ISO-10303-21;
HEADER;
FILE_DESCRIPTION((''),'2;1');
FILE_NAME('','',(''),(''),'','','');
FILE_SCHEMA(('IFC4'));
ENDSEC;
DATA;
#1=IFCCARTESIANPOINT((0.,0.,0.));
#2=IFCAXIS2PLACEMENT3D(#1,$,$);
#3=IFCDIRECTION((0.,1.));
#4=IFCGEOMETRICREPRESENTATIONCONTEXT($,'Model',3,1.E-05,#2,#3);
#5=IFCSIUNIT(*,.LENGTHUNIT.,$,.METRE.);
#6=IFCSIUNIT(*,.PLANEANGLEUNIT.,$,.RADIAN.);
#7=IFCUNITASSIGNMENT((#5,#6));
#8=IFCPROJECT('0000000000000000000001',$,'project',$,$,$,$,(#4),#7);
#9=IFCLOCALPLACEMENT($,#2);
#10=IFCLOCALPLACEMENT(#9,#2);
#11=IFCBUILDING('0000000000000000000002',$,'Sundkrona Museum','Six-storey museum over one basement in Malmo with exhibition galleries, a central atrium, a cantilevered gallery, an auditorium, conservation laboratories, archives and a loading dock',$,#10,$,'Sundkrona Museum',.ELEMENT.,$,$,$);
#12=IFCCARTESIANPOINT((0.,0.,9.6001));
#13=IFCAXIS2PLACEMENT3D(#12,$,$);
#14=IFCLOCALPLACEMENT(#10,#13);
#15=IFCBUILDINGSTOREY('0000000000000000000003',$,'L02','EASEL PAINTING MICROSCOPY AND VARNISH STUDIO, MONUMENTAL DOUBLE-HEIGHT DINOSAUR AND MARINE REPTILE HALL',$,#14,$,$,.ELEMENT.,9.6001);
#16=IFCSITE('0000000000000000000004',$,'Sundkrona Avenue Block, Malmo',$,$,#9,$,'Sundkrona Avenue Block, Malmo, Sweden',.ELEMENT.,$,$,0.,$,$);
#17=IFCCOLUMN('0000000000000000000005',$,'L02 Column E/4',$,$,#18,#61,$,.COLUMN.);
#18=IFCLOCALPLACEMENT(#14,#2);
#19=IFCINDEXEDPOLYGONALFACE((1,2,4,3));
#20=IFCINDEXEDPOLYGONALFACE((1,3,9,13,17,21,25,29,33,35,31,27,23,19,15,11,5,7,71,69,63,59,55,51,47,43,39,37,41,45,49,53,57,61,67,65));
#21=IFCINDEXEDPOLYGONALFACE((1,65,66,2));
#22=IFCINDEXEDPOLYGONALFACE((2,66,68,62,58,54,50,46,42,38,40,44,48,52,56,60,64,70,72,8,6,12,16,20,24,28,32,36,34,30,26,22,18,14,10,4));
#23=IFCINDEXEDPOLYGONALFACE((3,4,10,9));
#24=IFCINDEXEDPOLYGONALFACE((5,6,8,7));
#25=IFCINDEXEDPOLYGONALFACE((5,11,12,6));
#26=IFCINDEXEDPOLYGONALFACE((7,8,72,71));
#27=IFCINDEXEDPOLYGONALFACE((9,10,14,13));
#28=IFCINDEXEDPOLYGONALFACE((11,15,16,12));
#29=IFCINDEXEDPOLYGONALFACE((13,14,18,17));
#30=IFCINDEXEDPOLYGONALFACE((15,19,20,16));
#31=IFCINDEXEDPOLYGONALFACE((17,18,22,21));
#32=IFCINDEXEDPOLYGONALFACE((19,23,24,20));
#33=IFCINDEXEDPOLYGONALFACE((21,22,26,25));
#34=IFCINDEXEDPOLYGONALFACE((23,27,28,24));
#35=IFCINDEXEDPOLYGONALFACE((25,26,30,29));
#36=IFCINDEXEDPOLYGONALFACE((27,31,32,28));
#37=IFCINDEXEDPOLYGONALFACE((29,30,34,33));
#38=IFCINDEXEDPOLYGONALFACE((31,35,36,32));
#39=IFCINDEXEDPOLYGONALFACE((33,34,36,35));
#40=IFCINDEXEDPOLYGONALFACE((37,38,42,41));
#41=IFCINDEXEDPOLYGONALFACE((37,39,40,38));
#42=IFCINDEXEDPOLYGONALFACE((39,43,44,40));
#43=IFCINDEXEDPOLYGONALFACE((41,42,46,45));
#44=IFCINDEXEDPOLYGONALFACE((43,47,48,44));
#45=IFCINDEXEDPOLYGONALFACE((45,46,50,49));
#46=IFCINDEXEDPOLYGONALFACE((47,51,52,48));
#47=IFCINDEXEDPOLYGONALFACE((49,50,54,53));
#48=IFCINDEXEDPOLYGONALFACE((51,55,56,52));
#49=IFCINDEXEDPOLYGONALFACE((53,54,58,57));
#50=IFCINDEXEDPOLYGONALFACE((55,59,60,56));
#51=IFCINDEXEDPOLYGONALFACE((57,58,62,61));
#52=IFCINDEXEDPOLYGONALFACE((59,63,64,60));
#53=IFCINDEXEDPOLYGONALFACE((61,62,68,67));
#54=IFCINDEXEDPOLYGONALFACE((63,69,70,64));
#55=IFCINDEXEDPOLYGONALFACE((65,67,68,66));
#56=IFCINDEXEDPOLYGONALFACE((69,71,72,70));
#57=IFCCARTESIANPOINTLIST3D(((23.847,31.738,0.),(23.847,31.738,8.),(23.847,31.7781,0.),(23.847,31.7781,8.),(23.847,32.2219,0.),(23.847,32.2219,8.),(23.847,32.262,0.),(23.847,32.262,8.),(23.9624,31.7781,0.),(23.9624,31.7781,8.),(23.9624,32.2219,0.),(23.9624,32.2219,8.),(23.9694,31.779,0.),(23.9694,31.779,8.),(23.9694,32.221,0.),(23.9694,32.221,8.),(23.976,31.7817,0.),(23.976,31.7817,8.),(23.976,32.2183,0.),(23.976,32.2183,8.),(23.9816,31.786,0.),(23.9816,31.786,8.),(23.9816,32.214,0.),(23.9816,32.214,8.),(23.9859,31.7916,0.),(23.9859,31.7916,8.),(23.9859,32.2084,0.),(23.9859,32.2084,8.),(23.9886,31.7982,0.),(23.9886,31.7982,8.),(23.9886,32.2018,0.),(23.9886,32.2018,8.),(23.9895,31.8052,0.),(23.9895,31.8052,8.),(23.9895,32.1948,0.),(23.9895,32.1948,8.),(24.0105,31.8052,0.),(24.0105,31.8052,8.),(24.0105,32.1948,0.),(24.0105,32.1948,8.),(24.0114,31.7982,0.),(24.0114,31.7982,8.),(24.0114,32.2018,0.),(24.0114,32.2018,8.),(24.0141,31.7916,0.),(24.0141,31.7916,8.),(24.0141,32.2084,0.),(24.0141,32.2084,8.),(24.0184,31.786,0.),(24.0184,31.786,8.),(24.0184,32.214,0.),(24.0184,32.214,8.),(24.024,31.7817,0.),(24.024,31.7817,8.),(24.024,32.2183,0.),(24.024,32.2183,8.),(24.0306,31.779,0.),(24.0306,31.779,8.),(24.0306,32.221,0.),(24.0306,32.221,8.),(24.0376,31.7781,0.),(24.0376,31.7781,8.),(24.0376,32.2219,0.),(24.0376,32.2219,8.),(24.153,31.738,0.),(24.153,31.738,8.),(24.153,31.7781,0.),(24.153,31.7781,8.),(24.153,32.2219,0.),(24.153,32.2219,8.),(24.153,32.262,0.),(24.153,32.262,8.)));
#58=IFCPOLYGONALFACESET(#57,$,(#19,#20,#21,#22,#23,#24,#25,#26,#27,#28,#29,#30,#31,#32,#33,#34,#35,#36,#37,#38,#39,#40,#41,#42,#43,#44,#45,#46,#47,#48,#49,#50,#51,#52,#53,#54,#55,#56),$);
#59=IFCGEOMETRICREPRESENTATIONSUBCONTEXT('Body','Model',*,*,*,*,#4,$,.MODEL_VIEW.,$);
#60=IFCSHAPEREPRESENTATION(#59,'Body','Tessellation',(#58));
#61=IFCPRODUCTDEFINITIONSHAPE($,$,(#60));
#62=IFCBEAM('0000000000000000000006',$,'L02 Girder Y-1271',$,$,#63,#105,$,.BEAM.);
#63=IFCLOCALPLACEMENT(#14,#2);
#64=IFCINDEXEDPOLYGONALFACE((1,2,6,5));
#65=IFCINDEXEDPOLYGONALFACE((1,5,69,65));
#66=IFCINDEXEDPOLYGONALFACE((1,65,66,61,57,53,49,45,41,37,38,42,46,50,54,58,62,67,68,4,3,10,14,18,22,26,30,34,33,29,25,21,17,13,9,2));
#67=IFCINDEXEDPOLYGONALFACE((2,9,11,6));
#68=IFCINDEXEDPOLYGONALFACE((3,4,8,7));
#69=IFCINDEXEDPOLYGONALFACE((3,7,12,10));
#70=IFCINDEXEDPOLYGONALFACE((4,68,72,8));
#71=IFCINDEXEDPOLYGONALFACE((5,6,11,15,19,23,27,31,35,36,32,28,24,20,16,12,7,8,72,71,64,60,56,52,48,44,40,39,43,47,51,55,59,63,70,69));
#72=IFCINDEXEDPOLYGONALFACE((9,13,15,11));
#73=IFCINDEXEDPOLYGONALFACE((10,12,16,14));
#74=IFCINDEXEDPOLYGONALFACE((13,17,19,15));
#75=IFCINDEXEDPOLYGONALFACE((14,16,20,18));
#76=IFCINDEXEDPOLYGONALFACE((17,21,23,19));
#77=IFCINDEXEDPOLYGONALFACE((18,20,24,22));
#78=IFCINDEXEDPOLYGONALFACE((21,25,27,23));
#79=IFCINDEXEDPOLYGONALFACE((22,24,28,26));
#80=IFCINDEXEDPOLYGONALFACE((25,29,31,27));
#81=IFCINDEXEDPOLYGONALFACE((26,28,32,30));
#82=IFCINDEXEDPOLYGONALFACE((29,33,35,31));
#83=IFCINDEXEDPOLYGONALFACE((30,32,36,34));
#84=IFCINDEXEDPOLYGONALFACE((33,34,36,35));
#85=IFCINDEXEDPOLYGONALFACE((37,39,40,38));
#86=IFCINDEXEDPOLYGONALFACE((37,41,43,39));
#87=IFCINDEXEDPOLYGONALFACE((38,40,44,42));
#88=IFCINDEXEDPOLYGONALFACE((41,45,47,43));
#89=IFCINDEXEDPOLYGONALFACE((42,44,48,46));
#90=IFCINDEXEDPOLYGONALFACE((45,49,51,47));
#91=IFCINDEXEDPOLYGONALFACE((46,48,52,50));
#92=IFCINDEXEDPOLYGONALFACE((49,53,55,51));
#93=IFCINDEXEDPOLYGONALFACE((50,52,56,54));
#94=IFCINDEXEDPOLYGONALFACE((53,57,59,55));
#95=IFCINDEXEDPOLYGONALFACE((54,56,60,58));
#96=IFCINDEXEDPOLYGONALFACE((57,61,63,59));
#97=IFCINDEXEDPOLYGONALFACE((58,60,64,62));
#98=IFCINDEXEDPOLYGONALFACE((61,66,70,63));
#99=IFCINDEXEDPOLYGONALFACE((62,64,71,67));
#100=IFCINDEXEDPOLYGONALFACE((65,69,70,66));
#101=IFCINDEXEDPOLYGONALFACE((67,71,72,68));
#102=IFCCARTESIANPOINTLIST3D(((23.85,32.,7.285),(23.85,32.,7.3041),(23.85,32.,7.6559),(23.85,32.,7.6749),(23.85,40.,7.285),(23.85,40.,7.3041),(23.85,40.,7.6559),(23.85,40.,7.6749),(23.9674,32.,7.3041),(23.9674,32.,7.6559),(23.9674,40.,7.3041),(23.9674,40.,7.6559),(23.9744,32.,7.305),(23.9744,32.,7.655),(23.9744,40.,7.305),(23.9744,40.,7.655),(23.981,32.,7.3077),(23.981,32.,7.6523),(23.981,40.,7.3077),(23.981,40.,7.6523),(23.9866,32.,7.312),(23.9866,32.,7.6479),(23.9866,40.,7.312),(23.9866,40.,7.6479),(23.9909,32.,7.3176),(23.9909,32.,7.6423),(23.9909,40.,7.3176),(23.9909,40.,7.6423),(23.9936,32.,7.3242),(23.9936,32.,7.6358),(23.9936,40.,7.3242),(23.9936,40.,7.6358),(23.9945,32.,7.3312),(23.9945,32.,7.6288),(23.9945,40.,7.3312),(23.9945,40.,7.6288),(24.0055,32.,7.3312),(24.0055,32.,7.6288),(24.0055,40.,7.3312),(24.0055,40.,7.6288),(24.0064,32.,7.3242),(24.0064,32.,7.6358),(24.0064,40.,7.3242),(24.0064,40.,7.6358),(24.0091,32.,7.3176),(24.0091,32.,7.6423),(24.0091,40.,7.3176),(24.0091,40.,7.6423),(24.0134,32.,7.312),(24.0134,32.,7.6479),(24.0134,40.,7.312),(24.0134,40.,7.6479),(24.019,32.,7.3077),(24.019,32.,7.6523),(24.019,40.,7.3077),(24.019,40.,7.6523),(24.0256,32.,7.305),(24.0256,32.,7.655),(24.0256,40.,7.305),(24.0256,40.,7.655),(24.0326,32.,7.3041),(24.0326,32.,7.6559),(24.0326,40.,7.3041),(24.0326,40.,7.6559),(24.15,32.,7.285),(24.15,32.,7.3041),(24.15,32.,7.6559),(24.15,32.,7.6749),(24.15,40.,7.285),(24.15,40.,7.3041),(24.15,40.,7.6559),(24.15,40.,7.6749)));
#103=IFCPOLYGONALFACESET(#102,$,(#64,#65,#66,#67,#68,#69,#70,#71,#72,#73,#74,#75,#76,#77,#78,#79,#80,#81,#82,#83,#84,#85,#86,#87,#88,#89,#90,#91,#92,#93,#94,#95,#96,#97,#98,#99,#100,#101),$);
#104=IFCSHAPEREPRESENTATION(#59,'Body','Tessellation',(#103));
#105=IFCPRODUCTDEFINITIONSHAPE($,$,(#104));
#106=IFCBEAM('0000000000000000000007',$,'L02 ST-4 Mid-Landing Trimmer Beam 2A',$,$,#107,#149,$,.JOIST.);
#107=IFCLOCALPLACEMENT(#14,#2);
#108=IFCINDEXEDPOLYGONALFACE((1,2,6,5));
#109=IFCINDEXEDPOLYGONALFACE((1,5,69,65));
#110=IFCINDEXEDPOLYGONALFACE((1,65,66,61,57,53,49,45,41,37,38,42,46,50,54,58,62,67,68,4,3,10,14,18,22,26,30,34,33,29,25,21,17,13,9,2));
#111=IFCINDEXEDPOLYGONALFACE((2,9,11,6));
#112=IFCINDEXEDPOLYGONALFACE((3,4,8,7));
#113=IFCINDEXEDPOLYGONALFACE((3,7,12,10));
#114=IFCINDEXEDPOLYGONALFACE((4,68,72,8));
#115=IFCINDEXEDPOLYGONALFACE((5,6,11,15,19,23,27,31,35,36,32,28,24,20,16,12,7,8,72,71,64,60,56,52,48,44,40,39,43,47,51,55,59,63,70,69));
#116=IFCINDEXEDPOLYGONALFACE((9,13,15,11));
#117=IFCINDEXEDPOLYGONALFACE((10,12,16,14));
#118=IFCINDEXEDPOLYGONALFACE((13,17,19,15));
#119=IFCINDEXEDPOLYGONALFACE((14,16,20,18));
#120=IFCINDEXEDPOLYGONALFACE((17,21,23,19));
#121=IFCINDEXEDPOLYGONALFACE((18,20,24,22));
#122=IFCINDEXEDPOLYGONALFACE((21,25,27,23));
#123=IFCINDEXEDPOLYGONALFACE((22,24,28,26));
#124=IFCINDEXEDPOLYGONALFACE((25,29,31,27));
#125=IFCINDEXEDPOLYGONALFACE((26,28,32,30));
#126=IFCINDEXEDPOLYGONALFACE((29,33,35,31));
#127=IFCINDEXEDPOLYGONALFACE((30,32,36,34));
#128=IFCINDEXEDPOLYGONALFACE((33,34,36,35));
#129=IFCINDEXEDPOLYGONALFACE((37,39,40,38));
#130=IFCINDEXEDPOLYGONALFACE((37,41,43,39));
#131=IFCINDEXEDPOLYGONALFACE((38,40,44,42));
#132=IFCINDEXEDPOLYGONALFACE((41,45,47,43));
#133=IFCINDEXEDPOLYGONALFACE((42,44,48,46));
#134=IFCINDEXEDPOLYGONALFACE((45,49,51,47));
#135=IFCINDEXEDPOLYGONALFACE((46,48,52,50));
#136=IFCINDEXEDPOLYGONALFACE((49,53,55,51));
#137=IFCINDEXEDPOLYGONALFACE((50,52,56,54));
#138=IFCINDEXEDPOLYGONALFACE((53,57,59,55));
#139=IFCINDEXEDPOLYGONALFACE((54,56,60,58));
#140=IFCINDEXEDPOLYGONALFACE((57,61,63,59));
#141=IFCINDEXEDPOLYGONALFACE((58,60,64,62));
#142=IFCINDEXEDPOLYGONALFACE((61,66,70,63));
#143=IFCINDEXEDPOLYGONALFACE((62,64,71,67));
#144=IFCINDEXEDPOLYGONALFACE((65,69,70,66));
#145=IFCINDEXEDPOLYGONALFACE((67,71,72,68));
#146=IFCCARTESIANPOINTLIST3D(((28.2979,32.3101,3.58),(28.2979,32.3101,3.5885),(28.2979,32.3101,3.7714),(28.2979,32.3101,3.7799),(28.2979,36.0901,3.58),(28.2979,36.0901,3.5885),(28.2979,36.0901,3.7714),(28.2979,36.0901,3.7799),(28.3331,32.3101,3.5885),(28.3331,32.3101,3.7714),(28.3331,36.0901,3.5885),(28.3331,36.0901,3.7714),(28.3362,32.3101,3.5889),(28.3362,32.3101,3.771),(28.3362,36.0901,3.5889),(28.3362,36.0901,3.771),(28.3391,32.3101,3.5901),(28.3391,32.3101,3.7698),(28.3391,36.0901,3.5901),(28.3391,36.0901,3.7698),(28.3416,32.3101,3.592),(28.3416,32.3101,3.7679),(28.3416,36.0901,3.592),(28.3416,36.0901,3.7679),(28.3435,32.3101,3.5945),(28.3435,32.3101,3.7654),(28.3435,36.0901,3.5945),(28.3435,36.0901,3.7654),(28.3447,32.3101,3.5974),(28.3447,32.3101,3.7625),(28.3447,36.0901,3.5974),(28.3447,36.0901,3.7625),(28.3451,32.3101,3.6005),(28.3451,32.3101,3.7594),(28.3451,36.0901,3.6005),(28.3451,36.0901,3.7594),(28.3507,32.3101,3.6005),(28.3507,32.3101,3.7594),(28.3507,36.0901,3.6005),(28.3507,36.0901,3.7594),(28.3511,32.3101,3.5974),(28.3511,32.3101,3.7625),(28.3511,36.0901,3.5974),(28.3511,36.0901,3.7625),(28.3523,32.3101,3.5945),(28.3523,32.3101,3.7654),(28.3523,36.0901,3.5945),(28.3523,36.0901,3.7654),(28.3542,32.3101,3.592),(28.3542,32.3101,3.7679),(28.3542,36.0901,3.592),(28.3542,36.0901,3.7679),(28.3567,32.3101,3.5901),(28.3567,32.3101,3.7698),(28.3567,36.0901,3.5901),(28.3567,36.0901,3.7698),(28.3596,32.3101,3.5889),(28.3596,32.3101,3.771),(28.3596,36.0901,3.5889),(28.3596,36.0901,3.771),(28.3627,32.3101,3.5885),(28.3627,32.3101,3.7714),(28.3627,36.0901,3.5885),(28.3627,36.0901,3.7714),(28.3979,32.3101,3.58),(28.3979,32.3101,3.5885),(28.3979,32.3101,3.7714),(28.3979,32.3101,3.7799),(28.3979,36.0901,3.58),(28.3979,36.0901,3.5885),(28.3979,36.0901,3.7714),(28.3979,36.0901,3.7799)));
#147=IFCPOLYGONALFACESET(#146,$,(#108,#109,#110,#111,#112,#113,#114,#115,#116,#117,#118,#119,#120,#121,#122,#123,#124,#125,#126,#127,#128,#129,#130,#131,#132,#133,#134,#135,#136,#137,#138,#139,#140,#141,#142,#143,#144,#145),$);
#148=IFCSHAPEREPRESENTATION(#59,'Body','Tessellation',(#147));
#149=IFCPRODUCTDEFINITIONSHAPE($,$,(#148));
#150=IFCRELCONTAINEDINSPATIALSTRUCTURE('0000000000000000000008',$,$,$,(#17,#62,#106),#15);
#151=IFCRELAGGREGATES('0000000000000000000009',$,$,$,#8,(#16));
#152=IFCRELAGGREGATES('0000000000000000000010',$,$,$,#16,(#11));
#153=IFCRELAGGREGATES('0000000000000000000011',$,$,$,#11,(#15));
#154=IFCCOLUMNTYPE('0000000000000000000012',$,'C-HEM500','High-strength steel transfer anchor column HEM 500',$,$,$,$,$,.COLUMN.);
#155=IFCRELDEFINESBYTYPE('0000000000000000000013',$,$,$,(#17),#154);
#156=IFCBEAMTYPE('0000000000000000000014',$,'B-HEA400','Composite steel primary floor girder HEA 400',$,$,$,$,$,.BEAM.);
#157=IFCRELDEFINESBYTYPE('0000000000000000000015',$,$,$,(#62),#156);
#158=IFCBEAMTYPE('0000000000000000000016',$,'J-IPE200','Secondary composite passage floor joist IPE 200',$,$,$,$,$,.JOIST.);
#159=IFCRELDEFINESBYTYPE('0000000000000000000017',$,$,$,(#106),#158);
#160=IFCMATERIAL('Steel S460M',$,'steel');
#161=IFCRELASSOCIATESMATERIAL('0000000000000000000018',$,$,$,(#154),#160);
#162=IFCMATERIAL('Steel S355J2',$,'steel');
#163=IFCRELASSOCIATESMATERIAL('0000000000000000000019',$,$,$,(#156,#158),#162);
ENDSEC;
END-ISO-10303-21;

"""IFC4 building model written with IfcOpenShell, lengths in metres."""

from ifc_helpers import new_model, si_unit, direction, frame, origin, origin_2d, place, context, subcontext, project, spatial, i_section, extrude, material, material_profile, profile_set, type_object, element, save


model = new_model("IFC4")

# Units and contexts
model_context = context("Model", 3, precision=1e-05, world=origin(), true_north=direction((0.0, 1.0)))
body_context = subcontext(model_context, "Body", "Model", "MODEL_VIEW")
ifc_project = project(units=[si_unit("LENGTHUNIT", "METRE"), si_unit("PLANEANGLEUNIT", "RADIAN")], contexts=[model_context])

# Site, building, storey
site_placement = place(None, origin())
site = spatial("IfcSite", under=ifc_project, at=site_placement, Name="Sundkrona Avenue Block, Malmo", LongName="Sundkrona Avenue Block, Malmo, Sweden", CompositionType="ELEMENT", RefElevation=0.0)
building_placement = place(site_placement, origin())
building = spatial("IfcBuilding", under=site, at=building_placement, Name="Sundkrona Museum", Description="Six-storey museum over one basement in Malmo with exhibition galleries, a central atrium, a cantilevered gallery, an auditorium, conservation laboratories, archives and a loading dock", LongName="Sundkrona Museum", CompositionType="ELEMENT")
storey_placement = place(building_placement, frame((0.0, 0.0, 9.6001)))
storey = spatial("IfcBuildingStorey", under=building, at=storey_placement, Name="L02", Description="EASEL PAINTING MICROSCOPY AND VARNISH STUDIO, MONUMENTAL DOUBLE-HEIGHT DINOSAUR AND MARINE REPTILE HALL", CompositionType="ELEMENT", Elevation=9.6001)

# Column
ifc_material_1 = material(Name="Steel S460M", Category="steel")
ifc_material_profile_1 = material_profile(ifc_material_1, i_section(OverallWidth=0.3059, OverallDepth=0.5239, WebThickness=0.021, FlangeThickness=0.04, FilletRadius=0.0271, at=origin_2d()), Name="HEM 500")
ifc_profile_set_1 = profile_set([ifc_material_profile_1], Name="Steel S460M")
column_type = type_object("IfcColumnType", Name="C-HEM500", Description="High-strength steel transfer anchor column HEM 500", PredefinedType="COLUMN", material=ifc_profile_set_1)
column_placement = place(storey_placement, frame((24.0, 32.0, 0.0), z_axis=(0.0, 0.0, 1.0), x_axis=(1.0, 0.0, 0.0)))
element("IfcColumn", 1, at=column_placement, inside=storey, type_object=column_type, Name="L02 Column E/4", PredefinedType="COLUMN", context=body_context, shape_type="SweptSolid", body=[
    extrude(i_section(OverallWidth=0.3059, OverallDepth=0.5239, WebThickness=0.021, FlangeThickness=0.04, FilletRadius=0.0271, at=origin_2d()), origin(), (0.0, 0.0, 1.0), 8.0),
])

# Beams
ifc_material_2 = material(Name="Steel S355J2", Category="steel")
ifc_material_profile_2 = material_profile(ifc_material_2, i_section(OverallWidth=0.3, OverallDepth=0.3899, WebThickness=0.011, FlangeThickness=0.019, FilletRadius=0.0271, at=origin_2d()), Name="HEA 400")
ifc_profile_set_2 = profile_set([ifc_material_profile_2], Name="Steel S355J2")
beam_type_1 = type_object("IfcBeamType", Name="B-HEA400", Description="Composite steel primary floor girder HEA 400", PredefinedType="BEAM", material=ifc_profile_set_2)
beam_1_placement = place(storey_placement, frame((24.0, 32.0, 7.48), z_axis=(0.0, 1.0, 0.0), x_axis=(-1.0, 0.0, 0.0)))
element("IfcBeam", 2, at=beam_1_placement, inside=storey, type_object=beam_type_1, Name="L02 Girder Y-1271", PredefinedType="BEAM", context=body_context, shape_type="SweptSolid", body=[
    extrude(i_section(OverallWidth=0.3, OverallDepth=0.3899, WebThickness=0.011, FlangeThickness=0.019, FilletRadius=0.0271, at=origin_2d()), origin(), (0.0, 0.0, 1.0), 8.0),
])
ifc_material_profile_3 = material_profile(ifc_material_2, i_section(OverallWidth=0.1001, OverallDepth=0.2, WebThickness=0.0056, FlangeThickness=0.0085, FilletRadius=0.012, at=origin_2d()), Name="IPE 200")
ifc_profile_set_3 = profile_set([ifc_material_profile_3], Name="Steel S355J2")
beam_type_2 = type_object("IfcBeamType", Name="J-IPE200", Description="Secondary composite passage floor joist IPE 200", PredefinedType="JOIST", material=ifc_profile_set_3)
beam_2_placement = place(storey_placement, frame((28.3479, 32.3101, 3.6799), z_axis=(0.0, 1.0, 0.0), x_axis=(-1.0, 0.0, 0.0)))
element("IfcBeam", 3, at=beam_2_placement, inside=storey, type_object=beam_type_2, Name="L02 ST-4 Mid-Landing Trimmer Beam 2A", PredefinedType="JOIST", context=body_context, shape_type="SweptSolid", body=[
    extrude(i_section(OverallWidth=0.1001, OverallDepth=0.2, WebThickness=0.0056, FlangeThickness=0.0085, FilletRadius=0.012, at=origin_2d()), origin(), (0.0, 0.0, 1.0), 3.78),
])

save(model, "model.ifc")
